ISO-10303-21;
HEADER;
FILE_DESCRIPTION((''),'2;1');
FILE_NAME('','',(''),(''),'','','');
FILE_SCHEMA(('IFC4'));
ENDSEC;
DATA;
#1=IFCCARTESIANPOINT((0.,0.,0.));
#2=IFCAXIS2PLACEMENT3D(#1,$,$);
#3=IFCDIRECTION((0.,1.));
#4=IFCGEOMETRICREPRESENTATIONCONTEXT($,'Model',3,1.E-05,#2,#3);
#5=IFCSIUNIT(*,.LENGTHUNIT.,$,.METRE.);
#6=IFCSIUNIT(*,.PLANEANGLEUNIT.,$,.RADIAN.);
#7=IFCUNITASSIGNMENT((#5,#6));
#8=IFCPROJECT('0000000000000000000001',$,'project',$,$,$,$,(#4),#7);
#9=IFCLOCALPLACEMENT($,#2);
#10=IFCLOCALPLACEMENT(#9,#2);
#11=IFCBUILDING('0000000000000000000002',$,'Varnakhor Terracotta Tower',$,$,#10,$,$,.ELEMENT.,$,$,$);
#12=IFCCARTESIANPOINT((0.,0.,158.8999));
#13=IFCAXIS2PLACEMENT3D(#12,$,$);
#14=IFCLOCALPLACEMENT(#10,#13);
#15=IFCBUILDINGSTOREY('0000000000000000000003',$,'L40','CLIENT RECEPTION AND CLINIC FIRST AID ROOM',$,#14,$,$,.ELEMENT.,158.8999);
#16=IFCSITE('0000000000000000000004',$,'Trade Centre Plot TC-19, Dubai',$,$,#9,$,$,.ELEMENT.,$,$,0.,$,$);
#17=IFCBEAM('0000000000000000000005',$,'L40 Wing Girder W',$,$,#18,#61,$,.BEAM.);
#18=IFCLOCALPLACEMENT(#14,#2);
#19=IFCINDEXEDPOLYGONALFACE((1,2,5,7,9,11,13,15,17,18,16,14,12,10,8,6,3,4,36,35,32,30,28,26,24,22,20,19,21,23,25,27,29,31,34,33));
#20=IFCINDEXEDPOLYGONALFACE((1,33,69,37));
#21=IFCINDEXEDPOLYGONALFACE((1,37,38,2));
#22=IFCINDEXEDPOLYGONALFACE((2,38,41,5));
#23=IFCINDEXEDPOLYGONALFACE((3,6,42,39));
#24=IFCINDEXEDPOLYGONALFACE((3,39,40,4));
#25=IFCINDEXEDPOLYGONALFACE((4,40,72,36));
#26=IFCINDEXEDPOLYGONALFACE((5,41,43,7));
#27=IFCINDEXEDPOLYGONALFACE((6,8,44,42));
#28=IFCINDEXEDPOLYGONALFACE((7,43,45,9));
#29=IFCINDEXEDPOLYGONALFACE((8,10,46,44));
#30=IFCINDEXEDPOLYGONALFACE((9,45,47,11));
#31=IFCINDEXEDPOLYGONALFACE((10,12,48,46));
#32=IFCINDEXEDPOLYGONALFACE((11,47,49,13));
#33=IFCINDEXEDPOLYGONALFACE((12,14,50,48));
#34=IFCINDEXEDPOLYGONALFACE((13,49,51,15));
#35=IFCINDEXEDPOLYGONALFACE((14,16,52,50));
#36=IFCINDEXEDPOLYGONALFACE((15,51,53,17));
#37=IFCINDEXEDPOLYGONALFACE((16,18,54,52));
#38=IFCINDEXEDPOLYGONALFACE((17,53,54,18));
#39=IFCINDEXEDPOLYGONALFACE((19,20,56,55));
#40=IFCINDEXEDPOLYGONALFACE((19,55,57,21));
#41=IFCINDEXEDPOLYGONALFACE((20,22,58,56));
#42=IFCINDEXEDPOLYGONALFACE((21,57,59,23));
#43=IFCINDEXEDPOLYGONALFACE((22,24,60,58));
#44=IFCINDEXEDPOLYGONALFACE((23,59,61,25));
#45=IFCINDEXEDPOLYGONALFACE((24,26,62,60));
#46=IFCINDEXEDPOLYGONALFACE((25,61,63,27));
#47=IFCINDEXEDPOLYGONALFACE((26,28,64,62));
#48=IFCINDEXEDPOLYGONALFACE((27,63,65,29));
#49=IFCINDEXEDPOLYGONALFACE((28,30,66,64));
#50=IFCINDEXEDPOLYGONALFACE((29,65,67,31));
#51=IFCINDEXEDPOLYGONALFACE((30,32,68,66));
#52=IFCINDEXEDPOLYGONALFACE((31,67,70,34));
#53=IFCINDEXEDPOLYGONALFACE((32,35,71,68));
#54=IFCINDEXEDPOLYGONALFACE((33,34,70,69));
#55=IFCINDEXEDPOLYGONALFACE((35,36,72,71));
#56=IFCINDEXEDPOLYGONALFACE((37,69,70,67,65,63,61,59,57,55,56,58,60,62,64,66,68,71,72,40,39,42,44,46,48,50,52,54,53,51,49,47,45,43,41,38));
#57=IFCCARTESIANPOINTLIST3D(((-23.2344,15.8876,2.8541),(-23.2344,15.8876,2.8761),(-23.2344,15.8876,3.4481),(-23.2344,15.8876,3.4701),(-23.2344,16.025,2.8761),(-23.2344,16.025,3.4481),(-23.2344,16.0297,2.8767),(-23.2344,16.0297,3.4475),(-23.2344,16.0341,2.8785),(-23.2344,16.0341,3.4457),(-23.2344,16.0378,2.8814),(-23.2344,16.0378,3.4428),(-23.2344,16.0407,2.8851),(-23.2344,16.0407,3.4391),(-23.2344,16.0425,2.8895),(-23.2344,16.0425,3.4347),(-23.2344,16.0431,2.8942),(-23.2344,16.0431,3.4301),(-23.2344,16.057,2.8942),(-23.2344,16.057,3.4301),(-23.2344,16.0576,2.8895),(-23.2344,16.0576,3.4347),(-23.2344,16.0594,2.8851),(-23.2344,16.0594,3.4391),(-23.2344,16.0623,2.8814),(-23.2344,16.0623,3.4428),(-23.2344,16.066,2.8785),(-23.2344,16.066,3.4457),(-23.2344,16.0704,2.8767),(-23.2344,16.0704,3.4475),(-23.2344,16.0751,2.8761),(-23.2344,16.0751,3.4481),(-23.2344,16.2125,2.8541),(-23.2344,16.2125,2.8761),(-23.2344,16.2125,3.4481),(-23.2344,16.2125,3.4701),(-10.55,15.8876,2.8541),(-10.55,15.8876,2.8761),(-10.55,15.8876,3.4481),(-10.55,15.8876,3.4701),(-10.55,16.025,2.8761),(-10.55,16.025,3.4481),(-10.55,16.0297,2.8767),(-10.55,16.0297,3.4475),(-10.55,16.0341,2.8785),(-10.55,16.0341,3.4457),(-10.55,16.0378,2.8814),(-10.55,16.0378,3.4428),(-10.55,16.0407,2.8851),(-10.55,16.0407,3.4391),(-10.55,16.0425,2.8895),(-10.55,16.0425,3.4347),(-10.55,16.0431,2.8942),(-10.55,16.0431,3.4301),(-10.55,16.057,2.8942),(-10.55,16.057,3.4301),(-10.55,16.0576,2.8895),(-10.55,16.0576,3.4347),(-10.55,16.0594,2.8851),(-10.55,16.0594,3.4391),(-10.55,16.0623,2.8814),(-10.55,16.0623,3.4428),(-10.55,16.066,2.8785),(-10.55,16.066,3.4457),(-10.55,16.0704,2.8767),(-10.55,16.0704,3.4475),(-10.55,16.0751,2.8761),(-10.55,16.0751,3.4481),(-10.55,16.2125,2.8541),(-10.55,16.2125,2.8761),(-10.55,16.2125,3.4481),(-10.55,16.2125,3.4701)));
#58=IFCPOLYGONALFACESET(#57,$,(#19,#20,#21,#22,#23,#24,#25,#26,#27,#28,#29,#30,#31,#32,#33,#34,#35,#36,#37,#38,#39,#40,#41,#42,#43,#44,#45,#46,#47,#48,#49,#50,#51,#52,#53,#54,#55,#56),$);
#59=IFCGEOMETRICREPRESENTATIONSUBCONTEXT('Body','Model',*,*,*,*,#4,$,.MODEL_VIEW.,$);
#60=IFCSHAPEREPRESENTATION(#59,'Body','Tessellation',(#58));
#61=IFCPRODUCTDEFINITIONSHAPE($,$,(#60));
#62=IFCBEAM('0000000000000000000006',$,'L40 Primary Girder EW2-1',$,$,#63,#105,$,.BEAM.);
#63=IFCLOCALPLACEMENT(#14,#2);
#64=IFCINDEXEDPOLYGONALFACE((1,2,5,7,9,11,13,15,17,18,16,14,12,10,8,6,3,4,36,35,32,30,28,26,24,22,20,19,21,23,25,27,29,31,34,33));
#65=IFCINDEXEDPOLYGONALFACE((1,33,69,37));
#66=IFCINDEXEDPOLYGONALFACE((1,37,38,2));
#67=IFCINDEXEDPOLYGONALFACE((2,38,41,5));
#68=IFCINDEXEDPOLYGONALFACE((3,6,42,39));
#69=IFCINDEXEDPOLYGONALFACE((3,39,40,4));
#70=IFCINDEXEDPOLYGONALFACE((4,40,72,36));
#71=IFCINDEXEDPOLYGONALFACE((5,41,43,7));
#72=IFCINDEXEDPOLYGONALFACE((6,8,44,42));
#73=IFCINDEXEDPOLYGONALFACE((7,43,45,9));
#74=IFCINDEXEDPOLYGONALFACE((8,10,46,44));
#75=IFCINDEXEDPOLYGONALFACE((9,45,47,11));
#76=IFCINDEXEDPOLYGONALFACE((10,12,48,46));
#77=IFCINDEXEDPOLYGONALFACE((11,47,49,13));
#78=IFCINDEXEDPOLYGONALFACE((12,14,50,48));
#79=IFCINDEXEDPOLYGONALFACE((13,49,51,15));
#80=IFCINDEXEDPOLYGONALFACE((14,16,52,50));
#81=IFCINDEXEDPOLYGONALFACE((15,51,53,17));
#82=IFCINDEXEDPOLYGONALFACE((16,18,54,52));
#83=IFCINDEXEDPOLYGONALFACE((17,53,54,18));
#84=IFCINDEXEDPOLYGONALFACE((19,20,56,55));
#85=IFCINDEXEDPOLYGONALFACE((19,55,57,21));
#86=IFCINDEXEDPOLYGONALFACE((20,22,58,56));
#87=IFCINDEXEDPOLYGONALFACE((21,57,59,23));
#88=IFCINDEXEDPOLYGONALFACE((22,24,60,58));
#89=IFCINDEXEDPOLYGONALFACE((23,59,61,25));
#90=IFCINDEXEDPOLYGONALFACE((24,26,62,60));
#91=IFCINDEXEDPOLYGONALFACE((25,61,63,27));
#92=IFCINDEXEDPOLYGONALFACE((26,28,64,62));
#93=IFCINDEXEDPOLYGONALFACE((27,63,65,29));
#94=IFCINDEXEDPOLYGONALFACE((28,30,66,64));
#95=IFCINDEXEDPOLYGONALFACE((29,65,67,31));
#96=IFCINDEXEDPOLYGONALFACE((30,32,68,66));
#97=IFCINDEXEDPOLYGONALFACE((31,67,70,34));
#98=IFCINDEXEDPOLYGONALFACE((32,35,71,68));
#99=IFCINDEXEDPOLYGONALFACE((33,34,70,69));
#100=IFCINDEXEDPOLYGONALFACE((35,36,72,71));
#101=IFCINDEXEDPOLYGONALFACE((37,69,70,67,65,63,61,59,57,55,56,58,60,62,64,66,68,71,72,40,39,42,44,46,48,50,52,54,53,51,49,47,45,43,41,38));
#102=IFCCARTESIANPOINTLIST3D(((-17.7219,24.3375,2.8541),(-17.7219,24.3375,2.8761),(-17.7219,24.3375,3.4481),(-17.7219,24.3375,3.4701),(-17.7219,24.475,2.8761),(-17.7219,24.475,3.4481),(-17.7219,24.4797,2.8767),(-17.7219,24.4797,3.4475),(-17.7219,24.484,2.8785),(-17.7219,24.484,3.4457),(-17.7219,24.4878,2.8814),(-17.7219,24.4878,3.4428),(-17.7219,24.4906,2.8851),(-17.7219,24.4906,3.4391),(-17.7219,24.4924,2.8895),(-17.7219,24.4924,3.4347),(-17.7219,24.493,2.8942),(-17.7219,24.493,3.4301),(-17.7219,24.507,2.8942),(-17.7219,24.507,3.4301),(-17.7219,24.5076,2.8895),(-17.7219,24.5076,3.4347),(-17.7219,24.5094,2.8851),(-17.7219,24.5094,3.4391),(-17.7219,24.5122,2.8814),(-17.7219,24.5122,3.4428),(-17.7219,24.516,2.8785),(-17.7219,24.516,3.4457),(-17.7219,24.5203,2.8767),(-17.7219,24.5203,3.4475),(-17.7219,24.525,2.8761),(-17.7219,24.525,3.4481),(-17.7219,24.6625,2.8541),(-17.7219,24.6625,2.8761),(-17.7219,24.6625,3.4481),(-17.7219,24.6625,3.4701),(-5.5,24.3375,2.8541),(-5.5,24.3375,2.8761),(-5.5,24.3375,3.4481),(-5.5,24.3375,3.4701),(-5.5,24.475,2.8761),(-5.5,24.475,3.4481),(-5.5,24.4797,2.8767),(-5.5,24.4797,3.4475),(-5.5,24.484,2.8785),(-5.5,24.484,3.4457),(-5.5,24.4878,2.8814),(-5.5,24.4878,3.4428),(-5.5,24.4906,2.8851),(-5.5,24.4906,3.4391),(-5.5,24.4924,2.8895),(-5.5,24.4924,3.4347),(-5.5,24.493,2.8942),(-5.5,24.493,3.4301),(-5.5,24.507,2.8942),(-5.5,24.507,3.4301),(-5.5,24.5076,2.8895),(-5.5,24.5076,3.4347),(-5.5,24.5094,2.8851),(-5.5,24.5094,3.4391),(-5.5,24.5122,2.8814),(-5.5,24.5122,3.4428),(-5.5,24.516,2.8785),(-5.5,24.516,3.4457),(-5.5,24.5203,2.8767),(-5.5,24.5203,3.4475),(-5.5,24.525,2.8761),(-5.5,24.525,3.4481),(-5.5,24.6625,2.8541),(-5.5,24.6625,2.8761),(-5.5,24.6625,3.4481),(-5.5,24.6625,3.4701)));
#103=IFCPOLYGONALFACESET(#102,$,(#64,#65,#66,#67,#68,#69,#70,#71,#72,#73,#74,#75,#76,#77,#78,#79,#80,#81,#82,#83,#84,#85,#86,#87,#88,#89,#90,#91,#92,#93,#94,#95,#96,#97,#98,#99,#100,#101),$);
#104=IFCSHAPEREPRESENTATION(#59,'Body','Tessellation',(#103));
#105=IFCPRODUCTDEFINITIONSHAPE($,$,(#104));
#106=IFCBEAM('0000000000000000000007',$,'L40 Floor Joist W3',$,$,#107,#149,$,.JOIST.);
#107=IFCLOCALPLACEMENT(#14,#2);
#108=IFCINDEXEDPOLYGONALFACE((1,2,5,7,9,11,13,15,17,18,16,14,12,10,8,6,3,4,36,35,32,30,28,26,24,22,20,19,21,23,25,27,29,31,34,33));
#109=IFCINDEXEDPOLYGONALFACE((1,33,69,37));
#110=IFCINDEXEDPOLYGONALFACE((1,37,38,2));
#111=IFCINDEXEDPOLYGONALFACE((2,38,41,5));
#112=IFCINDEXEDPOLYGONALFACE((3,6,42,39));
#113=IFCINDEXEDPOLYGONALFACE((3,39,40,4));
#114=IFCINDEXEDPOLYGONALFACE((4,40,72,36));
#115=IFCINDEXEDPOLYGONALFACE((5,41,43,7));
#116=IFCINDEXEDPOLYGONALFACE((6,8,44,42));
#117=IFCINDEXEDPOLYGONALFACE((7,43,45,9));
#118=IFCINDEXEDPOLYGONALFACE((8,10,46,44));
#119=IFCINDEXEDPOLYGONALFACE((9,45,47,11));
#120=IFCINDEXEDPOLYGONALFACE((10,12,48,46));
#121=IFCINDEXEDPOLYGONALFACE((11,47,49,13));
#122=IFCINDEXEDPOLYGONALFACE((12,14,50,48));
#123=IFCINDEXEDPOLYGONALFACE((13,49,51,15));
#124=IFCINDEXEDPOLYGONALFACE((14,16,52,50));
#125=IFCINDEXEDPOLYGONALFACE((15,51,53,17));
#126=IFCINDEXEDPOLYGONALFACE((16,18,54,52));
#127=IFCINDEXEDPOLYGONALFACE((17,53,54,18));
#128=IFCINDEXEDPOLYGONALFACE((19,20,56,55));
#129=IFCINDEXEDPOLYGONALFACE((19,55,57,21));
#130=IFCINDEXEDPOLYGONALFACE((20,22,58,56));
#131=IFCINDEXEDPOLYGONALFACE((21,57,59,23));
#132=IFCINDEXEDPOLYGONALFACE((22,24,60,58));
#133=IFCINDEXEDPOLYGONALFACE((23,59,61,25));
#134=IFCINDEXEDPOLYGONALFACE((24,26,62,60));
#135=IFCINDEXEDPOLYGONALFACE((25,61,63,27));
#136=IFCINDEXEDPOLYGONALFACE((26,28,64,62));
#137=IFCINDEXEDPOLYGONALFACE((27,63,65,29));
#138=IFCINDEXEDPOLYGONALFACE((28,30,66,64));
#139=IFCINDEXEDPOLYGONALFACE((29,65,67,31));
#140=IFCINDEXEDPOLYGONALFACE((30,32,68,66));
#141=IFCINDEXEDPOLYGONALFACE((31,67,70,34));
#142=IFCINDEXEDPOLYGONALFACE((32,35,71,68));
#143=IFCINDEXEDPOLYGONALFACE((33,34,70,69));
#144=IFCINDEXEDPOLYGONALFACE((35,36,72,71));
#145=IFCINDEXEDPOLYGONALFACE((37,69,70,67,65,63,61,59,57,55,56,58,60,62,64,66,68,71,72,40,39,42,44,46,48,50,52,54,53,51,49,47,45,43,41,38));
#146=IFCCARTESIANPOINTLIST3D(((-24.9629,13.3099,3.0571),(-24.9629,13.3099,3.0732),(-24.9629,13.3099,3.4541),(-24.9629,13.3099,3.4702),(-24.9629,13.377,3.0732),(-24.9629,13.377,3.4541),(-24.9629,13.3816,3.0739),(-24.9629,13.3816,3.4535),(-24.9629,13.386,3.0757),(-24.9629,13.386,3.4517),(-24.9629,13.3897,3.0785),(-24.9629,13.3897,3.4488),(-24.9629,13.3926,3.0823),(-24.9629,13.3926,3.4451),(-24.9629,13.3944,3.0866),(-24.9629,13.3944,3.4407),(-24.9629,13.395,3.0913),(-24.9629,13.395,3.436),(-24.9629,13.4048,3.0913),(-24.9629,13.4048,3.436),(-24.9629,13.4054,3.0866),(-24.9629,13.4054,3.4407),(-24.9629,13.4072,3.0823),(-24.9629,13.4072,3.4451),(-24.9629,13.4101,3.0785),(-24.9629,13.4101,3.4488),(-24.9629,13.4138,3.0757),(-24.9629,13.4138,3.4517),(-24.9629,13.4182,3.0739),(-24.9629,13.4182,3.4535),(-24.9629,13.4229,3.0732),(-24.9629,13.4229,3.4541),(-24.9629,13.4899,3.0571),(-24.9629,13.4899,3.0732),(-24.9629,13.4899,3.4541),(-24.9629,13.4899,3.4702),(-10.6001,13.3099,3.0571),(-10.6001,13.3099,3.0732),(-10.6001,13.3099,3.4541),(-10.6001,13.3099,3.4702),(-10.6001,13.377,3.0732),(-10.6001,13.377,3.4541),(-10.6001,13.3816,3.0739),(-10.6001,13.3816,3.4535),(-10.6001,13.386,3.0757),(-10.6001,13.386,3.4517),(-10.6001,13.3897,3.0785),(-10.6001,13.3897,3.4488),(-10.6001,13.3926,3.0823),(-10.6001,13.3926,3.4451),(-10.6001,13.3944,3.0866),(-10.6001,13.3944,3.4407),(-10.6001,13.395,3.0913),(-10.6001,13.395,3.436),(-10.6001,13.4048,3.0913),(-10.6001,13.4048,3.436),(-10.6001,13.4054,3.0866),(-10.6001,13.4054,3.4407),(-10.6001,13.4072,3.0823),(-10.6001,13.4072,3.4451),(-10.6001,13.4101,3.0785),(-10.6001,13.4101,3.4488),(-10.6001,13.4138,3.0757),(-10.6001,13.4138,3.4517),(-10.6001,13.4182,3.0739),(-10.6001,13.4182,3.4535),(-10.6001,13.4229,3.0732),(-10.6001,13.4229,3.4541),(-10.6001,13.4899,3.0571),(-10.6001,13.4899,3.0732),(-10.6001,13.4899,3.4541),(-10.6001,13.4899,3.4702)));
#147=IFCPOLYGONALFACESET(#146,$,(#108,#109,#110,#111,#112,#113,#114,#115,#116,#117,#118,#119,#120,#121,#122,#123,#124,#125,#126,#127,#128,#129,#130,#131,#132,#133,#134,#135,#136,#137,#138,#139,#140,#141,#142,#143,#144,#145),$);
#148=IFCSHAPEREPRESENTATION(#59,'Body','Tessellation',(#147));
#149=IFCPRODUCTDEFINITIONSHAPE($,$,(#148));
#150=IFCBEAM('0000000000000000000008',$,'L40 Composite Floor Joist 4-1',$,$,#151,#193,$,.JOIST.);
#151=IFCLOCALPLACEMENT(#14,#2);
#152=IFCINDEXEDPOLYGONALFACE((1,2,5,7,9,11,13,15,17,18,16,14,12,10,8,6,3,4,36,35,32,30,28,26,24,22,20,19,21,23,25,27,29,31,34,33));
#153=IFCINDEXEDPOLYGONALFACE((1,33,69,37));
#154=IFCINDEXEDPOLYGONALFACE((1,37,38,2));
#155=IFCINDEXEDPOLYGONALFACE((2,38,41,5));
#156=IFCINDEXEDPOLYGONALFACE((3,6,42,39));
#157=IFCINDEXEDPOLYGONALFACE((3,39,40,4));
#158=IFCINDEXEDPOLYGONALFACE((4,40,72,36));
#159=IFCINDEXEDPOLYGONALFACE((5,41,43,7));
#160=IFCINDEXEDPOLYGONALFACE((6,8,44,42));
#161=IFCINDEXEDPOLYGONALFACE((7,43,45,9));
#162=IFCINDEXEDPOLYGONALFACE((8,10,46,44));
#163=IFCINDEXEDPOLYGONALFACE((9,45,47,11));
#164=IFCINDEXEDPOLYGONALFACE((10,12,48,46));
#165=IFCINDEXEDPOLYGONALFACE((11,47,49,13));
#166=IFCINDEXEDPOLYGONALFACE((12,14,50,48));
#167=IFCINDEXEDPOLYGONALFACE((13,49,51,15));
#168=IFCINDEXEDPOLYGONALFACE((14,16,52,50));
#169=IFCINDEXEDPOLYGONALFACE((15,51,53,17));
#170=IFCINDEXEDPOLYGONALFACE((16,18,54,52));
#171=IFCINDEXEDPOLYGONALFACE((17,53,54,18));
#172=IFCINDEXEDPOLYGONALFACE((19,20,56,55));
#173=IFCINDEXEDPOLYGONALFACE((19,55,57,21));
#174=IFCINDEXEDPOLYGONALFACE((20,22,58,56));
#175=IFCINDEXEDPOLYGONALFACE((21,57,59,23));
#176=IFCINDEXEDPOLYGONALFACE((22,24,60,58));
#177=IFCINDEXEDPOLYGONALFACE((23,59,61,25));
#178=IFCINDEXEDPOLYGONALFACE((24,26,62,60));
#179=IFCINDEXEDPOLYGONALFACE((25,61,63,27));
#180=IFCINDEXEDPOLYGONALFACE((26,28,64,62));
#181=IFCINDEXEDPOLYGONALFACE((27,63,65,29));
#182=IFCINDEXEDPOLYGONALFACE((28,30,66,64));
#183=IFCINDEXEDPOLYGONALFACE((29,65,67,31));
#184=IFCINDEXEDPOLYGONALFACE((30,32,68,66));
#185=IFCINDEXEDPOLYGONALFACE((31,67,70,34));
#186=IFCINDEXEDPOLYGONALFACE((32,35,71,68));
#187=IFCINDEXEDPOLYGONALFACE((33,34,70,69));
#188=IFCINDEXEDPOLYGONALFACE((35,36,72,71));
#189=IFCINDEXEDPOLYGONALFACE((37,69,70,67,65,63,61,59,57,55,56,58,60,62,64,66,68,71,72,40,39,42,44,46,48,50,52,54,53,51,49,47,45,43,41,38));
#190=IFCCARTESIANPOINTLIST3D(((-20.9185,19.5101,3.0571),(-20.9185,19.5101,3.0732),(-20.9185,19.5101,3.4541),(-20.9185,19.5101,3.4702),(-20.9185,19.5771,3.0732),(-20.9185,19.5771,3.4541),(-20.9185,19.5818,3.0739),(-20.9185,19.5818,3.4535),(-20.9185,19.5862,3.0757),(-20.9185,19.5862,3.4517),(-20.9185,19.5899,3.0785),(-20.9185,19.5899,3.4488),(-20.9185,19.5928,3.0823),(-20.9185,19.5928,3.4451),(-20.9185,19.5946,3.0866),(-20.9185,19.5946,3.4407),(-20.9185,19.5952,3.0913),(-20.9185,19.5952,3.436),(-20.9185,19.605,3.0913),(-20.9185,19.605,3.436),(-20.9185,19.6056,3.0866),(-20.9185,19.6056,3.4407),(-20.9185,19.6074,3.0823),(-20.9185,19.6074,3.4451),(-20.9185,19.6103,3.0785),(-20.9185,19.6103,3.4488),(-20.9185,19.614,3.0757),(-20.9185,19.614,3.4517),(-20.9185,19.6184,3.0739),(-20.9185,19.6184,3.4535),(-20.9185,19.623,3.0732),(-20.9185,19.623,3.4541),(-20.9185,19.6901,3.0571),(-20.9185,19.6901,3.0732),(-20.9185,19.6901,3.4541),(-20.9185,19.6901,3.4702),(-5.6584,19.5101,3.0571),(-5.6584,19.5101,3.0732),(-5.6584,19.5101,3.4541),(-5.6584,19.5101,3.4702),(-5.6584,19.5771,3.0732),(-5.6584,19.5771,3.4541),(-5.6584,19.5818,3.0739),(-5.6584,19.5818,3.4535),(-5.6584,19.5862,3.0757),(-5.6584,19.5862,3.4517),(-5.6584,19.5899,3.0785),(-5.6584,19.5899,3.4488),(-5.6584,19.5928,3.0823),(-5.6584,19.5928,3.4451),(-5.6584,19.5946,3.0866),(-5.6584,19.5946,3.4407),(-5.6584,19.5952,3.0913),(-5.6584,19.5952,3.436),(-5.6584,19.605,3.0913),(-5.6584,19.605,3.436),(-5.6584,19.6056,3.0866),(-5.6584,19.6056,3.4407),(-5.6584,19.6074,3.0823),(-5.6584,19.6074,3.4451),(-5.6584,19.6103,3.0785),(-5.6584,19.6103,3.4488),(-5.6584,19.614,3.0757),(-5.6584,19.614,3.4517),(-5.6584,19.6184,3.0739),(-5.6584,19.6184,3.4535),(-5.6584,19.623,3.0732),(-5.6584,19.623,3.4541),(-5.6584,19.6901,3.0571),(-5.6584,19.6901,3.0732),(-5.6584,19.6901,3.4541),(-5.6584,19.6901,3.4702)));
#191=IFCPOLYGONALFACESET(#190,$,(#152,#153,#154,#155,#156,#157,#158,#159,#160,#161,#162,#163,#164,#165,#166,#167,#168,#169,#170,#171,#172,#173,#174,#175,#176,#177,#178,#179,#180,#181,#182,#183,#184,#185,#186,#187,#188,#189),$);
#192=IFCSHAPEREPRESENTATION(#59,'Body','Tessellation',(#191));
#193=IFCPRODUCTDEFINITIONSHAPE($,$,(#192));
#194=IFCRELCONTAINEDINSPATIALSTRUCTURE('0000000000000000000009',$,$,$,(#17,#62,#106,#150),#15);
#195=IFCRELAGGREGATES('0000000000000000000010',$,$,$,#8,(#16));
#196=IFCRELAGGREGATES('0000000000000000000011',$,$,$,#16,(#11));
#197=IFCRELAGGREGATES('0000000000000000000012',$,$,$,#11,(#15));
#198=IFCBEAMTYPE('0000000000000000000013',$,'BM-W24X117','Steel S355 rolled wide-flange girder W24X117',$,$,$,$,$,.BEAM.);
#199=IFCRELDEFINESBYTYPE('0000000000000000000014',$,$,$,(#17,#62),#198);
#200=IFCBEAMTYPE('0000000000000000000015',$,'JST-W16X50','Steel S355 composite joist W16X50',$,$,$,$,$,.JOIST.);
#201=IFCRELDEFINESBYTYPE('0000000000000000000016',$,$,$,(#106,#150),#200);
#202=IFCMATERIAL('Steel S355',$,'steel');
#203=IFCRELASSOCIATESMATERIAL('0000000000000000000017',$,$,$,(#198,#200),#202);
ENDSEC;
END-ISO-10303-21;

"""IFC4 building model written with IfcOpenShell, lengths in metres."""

from ifc_helpers import new_model, si_unit, direction, frame, origin, origin_2d, place, context, subcontext, project, spatial, i_section, extrude, source, transform, mapped, material, material_profile, profile_set, type_object, element, save


model = new_model("IFC4")

# Units and contexts
model_context = context("Model", 3, precision=1e-05, world=origin(), true_north=direction((0.0, 1.0)))
body_context = subcontext(model_context, "Body", "Model", "MODEL_VIEW")
ifc_project = project(units=[si_unit("LENGTHUNIT", "METRE"), si_unit("PLANEANGLEUNIT", "RADIAN")], contexts=[model_context])

# Site, building, storey
site_placement = place(None, origin())
site = spatial("IfcSite", under=ifc_project, at=site_placement, Name="Trade Centre Plot TC-19, Dubai", CompositionType="ELEMENT", RefElevation=0.0)
building_placement = place(site_placement, origin())
building = spatial("IfcBuilding", under=site, at=building_placement, Name="Varnakhor Terracotta Tower", CompositionType="ELEMENT")
storey_placement = place(building_placement, frame((0.0, 0.0, 158.8999)))
storey = spatial("IfcBuildingStorey", under=building, at=storey_placement, Name="L40", Description="CLIENT RECEPTION AND CLINIC FIRST AID ROOM", CompositionType="ELEMENT", Elevation=158.8999)

# Beams
ifc_material_1 = material(Name="Steel S355", Category="steel")
ifc_material_profile_1 = material_profile(ifc_material_1, i_section(OverallWidth=0.325, OverallDepth=0.616, WebThickness=0.0139, FlangeThickness=0.022, FilletRadius=0.0181, at=origin_2d()), Name="W24X117")
ifc_profile_set_1 = profile_set([ifc_material_profile_1], Name="Steel S355")
beam_type_1 = type_object("IfcBeamType", Name="BM-W24X117", Description="Steel S355 rolled wide-flange girder W24X117", PredefinedType="BEAM", material=ifc_profile_set_1)
shared_shape_1 = source(origin(), body_context, "Body", "SweptSolid", [
    extrude(i_section(OverallWidth=0.325, OverallDepth=0.616, WebThickness=0.0139, FlangeThickness=0.022, FilletRadius=0.0181, at=origin_2d()), origin(), (0.0, 0.0, 1.0), 12.6843),
])
beam_1_placement = place(storey_placement, frame((-23.2344, 16.05, 3.1621), z_axis=(1.0, 0.0, 0.0), x_axis=(0.0, 1.0, 0.0)))
element("IfcBeam", 1, at=beam_1_placement, inside=storey, type_object=beam_type_1, Name="L40 Wing Girder W", PredefinedType="BEAM", context=body_context, shape_type="MappedRepresentation", body=[
    mapped(shared_shape_1, transform((0.0, 0.0, 0.0), scale=1.0)),
])
shared_shape_2 = source(origin(), body_context, "Body", "SweptSolid", [
    extrude(i_section(OverallWidth=0.325, OverallDepth=0.616, WebThickness=0.0139, FlangeThickness=0.022, FilletRadius=0.0181, at=origin_2d()), origin(), (0.0, 0.0, 1.0), 12.2219),
])
beam_2_placement = place(storey_placement, frame((-17.7219, 24.5, 3.1621), z_axis=(1.0, 0.0, 0.0), x_axis=(0.0, 1.0, 0.0)))
element("IfcBeam", 2, at=beam_2_placement, inside=storey, type_object=beam_type_1, Name="L40 Primary Girder EW2-1", PredefinedType="BEAM", context=body_context, shape_type="MappedRepresentation", body=[
    mapped(shared_shape_2, transform((0.0, 0.0, 0.0), scale=1.0)),
])
ifc_material_profile_2 = material_profile(ifc_material_1, i_section(OverallWidth=0.1799, OverallDepth=0.4131, WebThickness=0.0098, FlangeThickness=0.0161, FilletRadius=0.0181, at=origin_2d()), Name="W16X50")
ifc_profile_set_2 = profile_set([ifc_material_profile_2], Name="Steel S355")
beam_type_2 = type_object("IfcBeamType", Name="JST-W16X50", Description="Steel S355 composite joist W16X50", PredefinedType="JOIST", material=ifc_profile_set_2)
shared_shape_3 = source(origin(), body_context, "Body", "SweptSolid", [
    extrude(i_section(OverallWidth=0.1799, OverallDepth=0.4131, WebThickness=0.0098, FlangeThickness=0.0161, FilletRadius=0.0181, at=origin_2d()), origin(), (0.0, 0.0, 1.0), 14.3628),
])
beam_3_placement = place(storey_placement, frame((-24.9629, 13.3999, 3.2637), z_axis=(1.0, 0.0, 0.0), x_axis=(0.0, 1.0, 0.0)))
element("IfcBeam", 3, at=beam_3_placement, inside=storey, type_object=beam_type_2, Name="L40 Floor Joist W3", PredefinedType="JOIST", context=body_context, shape_type="MappedRepresentation", body=[
    mapped(shared_shape_3, transform((0.0, 0.0, 0.0), scale=1.0)),
])
shared_shape_4 = source(origin(), body_context, "Body", "SweptSolid", [
    extrude(i_section(OverallWidth=0.1799, OverallDepth=0.4131, WebThickness=0.0098, FlangeThickness=0.0161, FilletRadius=0.0181, at=origin_2d()), origin(), (0.0, 0.0, 1.0), 15.26),
])
beam_4_placement = place(storey_placement, frame((-20.9185, 19.6001, 3.2637), z_axis=(1.0, 0.0, 0.0), x_axis=(0.0, 1.0, 0.0)))
element("IfcBeam", 4, at=beam_4_placement, inside=storey, type_object=beam_type_2, Name="L40 Composite Floor Joist 4-1", PredefinedType="JOIST", context=body_context, shape_type="MappedRepresentation", body=[
    mapped(shared_shape_4, transform((0.0, 0.0, 0.0), scale=1.0)),
])

save(model, "model.ifc")
